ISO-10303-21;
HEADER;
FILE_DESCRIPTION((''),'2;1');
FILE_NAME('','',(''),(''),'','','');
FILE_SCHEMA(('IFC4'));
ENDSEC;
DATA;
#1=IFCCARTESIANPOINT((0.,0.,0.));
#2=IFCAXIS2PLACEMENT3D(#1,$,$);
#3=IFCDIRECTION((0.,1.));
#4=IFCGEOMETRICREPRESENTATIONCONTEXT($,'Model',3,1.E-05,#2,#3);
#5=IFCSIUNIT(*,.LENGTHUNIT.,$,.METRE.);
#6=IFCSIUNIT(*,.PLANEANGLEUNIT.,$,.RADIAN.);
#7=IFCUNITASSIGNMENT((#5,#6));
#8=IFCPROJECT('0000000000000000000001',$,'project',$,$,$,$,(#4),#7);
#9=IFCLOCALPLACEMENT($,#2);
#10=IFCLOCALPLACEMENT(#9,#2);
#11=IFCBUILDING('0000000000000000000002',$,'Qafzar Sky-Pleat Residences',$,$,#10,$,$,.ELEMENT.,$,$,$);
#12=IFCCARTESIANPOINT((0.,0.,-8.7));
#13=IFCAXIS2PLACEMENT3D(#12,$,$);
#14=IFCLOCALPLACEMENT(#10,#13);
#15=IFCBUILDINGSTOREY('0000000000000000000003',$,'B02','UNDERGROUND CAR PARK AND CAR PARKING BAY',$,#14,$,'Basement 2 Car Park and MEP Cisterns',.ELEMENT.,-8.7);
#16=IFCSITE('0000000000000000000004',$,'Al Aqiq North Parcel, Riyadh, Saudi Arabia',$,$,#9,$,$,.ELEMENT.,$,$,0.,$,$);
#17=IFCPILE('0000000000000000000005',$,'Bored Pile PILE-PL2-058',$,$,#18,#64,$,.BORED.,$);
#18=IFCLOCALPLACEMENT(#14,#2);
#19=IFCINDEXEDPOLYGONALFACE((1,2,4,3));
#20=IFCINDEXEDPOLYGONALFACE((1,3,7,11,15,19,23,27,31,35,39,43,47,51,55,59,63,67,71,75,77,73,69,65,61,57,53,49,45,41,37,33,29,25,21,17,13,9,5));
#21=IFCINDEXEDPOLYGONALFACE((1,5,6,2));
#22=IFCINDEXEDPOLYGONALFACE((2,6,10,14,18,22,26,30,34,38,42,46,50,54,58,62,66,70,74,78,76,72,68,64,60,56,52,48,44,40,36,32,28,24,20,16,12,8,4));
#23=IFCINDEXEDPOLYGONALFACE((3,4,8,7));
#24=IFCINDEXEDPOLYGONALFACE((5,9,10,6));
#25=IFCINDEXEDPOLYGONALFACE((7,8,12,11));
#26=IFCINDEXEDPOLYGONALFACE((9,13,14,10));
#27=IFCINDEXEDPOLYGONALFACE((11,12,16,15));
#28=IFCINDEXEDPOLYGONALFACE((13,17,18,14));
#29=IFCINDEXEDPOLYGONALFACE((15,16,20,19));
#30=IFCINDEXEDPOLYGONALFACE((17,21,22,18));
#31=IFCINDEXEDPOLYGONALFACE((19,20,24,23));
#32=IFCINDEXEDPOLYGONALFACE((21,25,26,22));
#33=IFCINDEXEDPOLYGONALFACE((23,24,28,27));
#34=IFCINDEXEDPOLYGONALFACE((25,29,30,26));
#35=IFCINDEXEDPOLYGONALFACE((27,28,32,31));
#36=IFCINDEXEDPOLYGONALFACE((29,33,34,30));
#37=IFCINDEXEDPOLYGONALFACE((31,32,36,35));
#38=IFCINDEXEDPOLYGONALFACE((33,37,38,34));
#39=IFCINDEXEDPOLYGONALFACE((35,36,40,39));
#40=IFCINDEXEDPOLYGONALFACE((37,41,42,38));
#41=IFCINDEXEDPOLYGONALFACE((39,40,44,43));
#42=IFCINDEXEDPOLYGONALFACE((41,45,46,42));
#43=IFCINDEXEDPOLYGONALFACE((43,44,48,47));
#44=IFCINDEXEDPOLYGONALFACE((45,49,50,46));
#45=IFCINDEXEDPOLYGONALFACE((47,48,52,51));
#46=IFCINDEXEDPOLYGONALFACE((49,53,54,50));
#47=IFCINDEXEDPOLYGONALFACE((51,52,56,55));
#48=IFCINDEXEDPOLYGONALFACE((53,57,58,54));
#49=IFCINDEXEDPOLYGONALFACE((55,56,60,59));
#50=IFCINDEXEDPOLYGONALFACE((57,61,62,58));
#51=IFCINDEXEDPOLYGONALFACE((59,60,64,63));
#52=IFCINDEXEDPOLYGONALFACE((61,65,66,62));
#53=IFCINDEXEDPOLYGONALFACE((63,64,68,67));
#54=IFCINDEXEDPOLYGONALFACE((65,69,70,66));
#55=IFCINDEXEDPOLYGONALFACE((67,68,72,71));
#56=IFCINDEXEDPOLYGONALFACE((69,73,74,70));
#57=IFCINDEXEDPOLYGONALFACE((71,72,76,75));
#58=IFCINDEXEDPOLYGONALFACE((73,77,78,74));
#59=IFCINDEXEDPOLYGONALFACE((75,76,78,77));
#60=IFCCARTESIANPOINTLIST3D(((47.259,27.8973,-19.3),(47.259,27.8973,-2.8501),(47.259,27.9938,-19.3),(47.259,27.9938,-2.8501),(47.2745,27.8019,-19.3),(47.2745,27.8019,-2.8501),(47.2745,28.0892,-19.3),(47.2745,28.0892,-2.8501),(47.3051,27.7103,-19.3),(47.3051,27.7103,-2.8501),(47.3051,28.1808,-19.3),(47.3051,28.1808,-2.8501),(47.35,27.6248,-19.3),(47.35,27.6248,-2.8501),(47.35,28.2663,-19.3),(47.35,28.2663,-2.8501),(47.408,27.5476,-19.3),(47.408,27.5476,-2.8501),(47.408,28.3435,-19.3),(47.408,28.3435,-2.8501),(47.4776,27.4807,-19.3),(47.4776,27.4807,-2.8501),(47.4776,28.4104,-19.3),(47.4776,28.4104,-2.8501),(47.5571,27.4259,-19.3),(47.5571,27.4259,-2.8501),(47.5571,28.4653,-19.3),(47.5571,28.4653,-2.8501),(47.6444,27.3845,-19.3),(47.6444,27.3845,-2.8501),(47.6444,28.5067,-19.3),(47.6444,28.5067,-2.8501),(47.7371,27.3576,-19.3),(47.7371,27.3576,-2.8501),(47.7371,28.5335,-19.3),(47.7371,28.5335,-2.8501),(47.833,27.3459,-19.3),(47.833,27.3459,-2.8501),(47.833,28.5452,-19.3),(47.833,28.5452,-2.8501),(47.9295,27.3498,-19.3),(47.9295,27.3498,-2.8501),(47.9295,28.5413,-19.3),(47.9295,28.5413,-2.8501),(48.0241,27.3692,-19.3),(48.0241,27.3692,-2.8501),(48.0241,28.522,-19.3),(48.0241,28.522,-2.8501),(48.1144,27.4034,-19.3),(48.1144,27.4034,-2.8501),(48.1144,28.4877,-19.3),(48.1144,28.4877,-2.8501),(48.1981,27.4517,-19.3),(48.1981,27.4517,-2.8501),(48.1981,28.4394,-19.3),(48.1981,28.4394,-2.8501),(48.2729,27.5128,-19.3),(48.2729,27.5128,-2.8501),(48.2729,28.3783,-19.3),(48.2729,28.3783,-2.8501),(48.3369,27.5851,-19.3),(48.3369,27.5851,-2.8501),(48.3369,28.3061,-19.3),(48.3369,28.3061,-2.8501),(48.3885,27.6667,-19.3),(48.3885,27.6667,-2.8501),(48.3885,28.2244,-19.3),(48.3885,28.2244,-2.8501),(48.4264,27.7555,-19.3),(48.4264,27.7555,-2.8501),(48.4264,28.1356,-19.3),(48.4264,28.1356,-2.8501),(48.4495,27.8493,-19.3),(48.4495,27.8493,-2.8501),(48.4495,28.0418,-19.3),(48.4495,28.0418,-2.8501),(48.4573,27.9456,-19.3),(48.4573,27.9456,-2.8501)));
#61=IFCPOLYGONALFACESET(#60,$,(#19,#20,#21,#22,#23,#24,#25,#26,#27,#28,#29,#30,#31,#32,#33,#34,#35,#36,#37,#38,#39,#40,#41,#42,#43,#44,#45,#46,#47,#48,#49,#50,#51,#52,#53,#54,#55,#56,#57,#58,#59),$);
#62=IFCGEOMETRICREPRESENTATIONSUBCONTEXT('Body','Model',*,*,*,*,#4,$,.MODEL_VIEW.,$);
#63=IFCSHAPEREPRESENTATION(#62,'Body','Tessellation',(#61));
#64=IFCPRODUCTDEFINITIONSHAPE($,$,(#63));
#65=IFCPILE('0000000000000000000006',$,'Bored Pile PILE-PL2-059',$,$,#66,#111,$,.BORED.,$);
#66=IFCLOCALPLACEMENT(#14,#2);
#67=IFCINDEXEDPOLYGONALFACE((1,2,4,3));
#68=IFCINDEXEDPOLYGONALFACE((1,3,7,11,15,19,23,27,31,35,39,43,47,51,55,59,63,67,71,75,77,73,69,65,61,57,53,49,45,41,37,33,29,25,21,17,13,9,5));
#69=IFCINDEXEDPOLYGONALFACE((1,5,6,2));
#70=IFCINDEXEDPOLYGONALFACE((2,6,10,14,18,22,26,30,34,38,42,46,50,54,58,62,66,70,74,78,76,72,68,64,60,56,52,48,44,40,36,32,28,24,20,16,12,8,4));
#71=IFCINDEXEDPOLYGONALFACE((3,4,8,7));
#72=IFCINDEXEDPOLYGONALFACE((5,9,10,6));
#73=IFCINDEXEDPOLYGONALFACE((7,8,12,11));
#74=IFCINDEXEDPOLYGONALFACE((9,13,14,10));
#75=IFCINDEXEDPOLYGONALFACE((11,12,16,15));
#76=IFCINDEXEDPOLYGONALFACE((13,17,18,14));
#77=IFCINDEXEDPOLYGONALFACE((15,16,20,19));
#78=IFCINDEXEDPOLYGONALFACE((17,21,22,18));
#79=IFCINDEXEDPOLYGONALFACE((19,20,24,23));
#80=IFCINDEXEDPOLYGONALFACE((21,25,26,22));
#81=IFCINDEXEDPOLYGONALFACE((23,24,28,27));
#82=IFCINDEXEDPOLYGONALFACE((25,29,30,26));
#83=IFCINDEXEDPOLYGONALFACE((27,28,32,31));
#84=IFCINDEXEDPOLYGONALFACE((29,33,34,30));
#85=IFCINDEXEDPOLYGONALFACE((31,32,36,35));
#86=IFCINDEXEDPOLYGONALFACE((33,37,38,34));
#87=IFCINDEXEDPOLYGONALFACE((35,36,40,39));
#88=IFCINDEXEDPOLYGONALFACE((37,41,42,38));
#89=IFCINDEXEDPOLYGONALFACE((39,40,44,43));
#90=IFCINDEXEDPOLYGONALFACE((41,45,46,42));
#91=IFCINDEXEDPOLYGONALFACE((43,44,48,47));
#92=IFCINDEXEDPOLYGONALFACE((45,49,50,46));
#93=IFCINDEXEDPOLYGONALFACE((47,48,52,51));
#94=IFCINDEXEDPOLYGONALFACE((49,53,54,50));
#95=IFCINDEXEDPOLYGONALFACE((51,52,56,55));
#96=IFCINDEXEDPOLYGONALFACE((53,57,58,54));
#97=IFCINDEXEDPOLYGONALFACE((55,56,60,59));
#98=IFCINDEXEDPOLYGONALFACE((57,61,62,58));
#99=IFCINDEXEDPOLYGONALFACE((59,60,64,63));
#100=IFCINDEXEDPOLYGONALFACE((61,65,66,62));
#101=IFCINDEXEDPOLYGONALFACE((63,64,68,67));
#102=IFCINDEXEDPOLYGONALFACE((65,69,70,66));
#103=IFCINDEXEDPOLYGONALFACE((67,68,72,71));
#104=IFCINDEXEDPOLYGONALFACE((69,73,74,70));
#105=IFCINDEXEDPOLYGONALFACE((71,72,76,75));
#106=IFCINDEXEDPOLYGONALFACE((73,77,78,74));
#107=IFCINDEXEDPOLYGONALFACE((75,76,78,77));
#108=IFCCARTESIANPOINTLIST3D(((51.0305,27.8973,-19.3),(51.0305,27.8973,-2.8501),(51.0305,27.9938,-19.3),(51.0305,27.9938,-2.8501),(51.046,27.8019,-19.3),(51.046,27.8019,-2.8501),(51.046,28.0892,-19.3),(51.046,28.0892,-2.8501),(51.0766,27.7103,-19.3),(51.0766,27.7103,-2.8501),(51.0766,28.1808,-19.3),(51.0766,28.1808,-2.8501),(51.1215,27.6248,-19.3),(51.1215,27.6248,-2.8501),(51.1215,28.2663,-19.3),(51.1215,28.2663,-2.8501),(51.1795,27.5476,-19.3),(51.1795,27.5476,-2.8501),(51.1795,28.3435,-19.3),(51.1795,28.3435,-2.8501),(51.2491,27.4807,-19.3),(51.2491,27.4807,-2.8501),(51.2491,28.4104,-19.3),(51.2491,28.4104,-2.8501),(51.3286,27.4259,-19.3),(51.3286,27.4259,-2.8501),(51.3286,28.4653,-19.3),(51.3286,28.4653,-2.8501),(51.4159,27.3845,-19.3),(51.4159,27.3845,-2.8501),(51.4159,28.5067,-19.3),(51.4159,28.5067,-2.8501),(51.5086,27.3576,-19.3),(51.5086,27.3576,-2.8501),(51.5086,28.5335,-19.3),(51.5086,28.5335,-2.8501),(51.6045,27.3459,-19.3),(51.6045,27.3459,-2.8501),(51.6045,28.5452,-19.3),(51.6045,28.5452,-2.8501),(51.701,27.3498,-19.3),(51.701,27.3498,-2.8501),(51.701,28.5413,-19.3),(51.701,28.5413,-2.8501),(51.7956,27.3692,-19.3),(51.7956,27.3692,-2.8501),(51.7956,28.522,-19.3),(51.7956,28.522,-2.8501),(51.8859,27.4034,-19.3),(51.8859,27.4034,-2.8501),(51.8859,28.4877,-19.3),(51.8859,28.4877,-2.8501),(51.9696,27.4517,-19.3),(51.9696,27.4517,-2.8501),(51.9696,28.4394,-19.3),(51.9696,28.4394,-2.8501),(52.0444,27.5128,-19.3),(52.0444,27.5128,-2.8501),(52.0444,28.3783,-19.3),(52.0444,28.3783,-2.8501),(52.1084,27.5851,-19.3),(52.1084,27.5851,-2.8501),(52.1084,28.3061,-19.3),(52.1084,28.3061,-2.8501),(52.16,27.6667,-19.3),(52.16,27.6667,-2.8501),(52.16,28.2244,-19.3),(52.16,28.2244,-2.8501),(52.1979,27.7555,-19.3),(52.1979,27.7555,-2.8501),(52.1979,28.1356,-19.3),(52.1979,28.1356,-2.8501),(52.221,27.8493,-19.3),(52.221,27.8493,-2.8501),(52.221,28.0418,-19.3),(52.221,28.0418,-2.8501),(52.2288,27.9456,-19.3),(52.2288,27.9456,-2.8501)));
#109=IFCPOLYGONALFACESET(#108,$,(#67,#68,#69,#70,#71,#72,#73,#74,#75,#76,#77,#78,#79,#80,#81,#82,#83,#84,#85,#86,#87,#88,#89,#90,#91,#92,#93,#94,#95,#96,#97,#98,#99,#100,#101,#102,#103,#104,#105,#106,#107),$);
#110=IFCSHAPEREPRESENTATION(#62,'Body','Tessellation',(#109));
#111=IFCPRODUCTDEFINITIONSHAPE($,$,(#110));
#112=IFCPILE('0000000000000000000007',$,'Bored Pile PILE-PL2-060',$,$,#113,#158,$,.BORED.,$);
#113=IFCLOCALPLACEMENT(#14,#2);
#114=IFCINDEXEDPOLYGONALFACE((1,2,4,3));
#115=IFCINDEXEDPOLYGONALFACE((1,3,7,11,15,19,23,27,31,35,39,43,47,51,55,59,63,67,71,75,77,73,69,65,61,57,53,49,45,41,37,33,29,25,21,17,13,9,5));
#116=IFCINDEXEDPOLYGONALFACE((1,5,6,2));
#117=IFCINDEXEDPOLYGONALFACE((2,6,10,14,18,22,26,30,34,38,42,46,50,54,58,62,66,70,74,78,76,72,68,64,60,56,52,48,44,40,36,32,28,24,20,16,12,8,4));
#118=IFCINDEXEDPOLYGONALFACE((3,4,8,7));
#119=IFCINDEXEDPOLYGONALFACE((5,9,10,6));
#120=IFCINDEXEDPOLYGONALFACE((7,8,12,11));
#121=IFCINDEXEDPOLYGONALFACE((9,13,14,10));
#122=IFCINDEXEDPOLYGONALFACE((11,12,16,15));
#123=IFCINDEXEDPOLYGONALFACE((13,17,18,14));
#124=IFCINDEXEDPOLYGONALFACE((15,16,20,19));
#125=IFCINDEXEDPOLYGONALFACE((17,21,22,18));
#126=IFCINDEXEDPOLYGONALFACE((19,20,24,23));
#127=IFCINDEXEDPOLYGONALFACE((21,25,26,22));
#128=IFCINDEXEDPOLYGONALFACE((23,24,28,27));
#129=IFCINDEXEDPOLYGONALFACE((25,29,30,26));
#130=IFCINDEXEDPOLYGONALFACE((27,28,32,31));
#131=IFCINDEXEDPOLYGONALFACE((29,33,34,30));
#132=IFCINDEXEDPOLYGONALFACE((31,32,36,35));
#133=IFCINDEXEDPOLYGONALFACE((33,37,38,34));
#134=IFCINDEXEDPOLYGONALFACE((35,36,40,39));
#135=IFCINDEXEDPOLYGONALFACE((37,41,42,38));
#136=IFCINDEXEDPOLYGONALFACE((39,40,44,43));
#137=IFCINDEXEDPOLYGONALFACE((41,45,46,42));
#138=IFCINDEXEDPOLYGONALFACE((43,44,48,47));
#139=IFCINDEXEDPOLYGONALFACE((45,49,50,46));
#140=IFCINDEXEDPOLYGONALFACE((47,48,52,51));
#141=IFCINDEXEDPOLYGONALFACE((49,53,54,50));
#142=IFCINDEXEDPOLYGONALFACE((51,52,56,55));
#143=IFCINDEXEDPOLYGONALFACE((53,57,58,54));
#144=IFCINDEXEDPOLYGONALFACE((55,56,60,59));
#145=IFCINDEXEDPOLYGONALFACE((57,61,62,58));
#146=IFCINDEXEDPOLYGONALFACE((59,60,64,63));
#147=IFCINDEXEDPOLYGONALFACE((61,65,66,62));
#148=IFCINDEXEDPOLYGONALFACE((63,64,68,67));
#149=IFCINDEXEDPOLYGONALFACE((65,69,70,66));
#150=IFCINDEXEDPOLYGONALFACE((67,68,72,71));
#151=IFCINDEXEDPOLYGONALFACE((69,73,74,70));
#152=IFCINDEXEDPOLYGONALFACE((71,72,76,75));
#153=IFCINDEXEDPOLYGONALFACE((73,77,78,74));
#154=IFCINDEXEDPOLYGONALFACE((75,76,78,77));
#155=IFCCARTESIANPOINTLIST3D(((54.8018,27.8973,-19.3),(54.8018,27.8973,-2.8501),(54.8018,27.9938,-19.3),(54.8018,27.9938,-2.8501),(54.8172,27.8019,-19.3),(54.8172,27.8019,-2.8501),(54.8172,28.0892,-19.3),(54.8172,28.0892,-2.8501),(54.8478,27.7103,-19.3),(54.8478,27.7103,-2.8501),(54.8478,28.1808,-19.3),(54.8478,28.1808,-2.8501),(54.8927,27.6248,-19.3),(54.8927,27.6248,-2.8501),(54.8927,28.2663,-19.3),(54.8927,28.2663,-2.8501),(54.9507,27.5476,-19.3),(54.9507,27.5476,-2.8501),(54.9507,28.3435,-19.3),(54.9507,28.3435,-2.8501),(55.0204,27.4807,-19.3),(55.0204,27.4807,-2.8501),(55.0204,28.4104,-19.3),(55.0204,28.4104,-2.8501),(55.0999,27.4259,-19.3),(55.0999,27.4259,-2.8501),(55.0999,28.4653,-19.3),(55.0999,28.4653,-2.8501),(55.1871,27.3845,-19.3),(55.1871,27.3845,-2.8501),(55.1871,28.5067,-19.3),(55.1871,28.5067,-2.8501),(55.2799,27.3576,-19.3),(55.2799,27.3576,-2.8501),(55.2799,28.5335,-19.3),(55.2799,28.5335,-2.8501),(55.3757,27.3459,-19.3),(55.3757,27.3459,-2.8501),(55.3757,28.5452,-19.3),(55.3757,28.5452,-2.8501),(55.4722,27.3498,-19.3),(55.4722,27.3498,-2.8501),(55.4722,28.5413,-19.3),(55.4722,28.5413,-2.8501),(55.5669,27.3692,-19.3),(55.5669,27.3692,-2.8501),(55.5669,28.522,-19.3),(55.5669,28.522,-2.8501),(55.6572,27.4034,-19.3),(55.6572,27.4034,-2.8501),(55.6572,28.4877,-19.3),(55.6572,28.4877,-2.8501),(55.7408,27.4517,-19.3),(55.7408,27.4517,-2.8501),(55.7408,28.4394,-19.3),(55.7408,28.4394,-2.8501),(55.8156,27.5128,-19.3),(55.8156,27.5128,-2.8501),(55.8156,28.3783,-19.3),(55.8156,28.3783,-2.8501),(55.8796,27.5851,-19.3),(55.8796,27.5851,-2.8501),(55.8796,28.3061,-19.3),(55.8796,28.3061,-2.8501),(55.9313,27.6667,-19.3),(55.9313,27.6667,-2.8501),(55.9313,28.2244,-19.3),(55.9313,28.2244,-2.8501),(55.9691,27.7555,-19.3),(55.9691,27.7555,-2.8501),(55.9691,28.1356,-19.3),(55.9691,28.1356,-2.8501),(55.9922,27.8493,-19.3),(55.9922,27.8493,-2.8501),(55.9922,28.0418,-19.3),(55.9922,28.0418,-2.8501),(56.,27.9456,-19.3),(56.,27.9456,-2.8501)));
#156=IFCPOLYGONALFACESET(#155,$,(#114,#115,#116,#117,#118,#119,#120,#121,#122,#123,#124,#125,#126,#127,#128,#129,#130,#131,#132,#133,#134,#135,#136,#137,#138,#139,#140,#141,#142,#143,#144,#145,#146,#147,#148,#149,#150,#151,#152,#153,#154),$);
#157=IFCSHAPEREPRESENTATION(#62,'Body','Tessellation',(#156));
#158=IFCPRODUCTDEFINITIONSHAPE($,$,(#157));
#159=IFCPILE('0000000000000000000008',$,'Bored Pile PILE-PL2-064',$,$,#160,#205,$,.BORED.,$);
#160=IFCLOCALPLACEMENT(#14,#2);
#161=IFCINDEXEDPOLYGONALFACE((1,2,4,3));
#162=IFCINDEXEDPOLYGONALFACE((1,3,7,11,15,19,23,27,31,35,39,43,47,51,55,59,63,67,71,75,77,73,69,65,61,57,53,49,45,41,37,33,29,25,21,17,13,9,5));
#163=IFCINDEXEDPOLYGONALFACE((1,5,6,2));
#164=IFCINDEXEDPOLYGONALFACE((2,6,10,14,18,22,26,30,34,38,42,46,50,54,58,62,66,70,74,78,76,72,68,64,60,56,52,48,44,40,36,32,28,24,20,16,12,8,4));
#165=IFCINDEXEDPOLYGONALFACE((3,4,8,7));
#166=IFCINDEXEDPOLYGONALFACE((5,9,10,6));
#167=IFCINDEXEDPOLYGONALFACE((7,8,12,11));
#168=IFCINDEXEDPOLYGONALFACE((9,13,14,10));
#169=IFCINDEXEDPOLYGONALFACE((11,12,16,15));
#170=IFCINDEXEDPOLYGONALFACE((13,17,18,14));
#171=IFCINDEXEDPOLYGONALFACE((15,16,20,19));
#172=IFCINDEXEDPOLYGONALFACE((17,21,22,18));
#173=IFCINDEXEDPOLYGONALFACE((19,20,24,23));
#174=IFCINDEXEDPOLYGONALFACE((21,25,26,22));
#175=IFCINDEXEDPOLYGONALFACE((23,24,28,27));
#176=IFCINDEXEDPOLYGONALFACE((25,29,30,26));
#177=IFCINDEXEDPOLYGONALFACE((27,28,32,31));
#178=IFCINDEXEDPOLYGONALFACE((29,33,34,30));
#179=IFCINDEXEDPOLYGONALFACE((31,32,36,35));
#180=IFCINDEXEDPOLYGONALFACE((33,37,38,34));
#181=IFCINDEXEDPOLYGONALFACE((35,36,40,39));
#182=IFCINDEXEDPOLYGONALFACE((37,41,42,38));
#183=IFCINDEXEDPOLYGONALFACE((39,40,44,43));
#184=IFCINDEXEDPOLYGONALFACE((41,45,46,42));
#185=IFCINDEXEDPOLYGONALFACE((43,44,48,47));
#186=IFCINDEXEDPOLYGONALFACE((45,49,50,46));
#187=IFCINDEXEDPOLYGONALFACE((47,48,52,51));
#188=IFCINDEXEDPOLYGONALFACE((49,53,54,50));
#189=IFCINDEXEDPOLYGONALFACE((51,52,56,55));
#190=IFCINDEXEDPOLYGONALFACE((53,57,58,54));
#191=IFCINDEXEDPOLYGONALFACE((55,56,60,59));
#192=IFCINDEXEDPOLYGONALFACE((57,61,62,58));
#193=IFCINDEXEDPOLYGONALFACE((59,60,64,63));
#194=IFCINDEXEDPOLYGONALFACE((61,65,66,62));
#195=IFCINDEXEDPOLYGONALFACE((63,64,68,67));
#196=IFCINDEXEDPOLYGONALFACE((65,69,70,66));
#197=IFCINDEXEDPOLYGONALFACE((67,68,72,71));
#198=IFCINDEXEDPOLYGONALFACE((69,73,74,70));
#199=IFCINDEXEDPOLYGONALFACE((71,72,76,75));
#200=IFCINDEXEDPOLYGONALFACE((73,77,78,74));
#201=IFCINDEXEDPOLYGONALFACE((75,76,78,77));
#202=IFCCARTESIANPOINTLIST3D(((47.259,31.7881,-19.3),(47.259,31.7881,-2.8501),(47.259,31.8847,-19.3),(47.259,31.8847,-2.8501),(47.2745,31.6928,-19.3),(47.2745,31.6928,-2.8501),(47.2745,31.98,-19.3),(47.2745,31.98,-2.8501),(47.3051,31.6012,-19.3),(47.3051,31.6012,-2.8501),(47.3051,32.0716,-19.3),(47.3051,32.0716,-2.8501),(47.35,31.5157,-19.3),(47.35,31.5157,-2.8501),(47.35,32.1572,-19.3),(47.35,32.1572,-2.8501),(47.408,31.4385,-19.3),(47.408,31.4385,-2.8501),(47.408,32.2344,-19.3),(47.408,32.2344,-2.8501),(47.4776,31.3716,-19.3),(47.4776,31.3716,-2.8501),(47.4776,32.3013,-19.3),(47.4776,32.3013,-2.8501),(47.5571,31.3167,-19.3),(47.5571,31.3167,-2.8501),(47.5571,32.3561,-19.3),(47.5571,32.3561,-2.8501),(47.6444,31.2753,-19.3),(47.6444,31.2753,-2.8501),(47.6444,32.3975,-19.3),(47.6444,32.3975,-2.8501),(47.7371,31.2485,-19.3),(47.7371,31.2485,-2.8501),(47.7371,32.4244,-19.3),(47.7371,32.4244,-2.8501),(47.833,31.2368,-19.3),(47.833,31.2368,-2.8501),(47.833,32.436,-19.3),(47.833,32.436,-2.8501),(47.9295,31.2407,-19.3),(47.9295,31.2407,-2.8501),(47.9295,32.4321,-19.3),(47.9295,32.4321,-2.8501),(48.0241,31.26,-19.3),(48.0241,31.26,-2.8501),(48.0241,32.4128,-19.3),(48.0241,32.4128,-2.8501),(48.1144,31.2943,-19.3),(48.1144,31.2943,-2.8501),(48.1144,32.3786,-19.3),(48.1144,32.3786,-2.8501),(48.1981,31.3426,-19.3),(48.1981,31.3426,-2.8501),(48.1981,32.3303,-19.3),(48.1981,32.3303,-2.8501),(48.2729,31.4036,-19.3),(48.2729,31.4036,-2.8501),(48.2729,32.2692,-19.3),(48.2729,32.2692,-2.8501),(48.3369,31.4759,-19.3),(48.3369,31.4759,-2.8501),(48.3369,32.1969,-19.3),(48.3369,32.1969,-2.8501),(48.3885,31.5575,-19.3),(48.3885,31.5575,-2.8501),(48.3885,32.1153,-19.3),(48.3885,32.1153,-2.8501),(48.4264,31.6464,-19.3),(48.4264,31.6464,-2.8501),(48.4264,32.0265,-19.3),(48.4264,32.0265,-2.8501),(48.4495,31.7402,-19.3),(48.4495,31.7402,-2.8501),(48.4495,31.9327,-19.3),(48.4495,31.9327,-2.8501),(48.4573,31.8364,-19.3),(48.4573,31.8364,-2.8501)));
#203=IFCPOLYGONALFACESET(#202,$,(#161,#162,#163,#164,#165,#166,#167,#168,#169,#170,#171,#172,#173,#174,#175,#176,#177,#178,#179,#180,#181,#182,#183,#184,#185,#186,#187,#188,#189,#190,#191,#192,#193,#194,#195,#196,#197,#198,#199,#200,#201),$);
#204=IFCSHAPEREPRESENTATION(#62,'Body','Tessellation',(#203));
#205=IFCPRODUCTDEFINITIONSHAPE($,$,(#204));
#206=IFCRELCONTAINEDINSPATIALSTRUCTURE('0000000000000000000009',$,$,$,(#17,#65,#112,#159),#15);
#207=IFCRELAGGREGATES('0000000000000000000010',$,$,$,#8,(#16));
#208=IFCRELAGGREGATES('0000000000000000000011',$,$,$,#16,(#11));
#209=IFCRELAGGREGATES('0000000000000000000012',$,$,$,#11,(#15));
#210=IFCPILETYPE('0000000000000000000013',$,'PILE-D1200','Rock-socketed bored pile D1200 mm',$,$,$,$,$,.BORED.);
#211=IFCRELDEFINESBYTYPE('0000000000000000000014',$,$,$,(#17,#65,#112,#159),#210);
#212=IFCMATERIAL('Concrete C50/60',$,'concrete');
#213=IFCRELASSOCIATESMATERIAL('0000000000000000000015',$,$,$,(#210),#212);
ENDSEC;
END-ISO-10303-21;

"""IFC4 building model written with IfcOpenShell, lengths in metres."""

from ifc_helpers import new_model, si_unit, direction, frame, origin, origin_2d, place, context, subcontext, project, spatial, circle, extrude, source, transform, mapped, material, material_profile, profile_set, type_object, element, save


model = new_model("IFC4")

# Units and contexts
model_context = context("Model", 3, precision=1e-05, world=origin(), true_north=direction((0.0, 1.0)))
body_context = subcontext(model_context, "Body", "Model", "MODEL_VIEW")
ifc_project = project(units=[si_unit("LENGTHUNIT", "METRE"), si_unit("PLANEANGLEUNIT", "RADIAN")], contexts=[model_context])

# Site, building, storey
site_placement = place(None, origin())
site = spatial("IfcSite", under=ifc_project, at=site_placement, Name="Al Aqiq North Parcel, Riyadh, Saudi Arabia", CompositionType="ELEMENT", RefElevation=0.0)
building_placement = place(site_placement, origin())
building = spatial("IfcBuilding", under=site, at=building_placement, Name="Qafzar Sky-Pleat Residences", CompositionType="ELEMENT")
storey_placement = place(building_placement, frame((0.0, 0.0, -8.7)))
storey = spatial("IfcBuildingStorey", under=building, at=storey_placement, Name="B02", Description="UNDERGROUND CAR PARK AND CAR PARKING BAY", LongName="Basement 2 Car Park and MEP Cisterns", CompositionType="ELEMENT", Elevation=-8.7)

# Piles
ifc_material_1 = material(Name="Concrete C50/60", Category="concrete")
ifc_material_profile_1 = material_profile(ifc_material_1, circle(Radius=0.6001, at=origin_2d()), Name="PILE D1200")
ifc_profile_set_1 = profile_set([ifc_material_profile_1], Name="Concrete C50/60")
pile_type = type_object("IfcPileType", Name="PILE-D1200", Description="Rock-socketed bored pile D1200 mm", PredefinedType="BORED", material=ifc_profile_set_1)
shared_shape_1 = source(origin(), body_context, "Body", "SweptSolid", [
    extrude(circle(Radius=0.6001, at=origin_2d()), origin(), (0.0, 0.0, 1.0), 16.45),
])
for number, where, z_axis, x_axis, name in (
    (1, (47.8572, 27.9456, -2.8501), (0.0, 0.0, -1.0), (1.0, 0.0, 0.0), "Bored Pile PILE-PL2-058"),
    (2, (51.6287, 27.9456, -2.8501), (0.0, 0.0, -1.0), (1.0, 0.0, 0.0), "Bored Pile PILE-PL2-059"),
    (3, (55.3999, 27.9456, -2.8501), (0.0, 0.0, -1.0), (1.0, 0.0, 0.0), "Bored Pile PILE-PL2-060"),
    (4, (47.8572, 31.8364, -2.8501), (0.0, 0.0, -1.0), (1.0, 0.0, 0.0), "Bored Pile PILE-PL2-064"),
):
    element("IfcPile", number, at=place(storey_placement, frame(where, z_axis=z_axis, x_axis=x_axis)), inside=storey, type_object=pile_type, Name=name, PredefinedType="BORED", context=body_context, shape_type="MappedRepresentation", body=[
        mapped(shared_shape_1, transform((0.0, 0.0, 0.0), x_axis=(1.0, 0.0, 0.0), y_axis=(0.0, 1.0, 0.0), z_axis=(0.0, 0.0, 1.0), scale=1.0)),
    ])

save(model, "model.ifc")
